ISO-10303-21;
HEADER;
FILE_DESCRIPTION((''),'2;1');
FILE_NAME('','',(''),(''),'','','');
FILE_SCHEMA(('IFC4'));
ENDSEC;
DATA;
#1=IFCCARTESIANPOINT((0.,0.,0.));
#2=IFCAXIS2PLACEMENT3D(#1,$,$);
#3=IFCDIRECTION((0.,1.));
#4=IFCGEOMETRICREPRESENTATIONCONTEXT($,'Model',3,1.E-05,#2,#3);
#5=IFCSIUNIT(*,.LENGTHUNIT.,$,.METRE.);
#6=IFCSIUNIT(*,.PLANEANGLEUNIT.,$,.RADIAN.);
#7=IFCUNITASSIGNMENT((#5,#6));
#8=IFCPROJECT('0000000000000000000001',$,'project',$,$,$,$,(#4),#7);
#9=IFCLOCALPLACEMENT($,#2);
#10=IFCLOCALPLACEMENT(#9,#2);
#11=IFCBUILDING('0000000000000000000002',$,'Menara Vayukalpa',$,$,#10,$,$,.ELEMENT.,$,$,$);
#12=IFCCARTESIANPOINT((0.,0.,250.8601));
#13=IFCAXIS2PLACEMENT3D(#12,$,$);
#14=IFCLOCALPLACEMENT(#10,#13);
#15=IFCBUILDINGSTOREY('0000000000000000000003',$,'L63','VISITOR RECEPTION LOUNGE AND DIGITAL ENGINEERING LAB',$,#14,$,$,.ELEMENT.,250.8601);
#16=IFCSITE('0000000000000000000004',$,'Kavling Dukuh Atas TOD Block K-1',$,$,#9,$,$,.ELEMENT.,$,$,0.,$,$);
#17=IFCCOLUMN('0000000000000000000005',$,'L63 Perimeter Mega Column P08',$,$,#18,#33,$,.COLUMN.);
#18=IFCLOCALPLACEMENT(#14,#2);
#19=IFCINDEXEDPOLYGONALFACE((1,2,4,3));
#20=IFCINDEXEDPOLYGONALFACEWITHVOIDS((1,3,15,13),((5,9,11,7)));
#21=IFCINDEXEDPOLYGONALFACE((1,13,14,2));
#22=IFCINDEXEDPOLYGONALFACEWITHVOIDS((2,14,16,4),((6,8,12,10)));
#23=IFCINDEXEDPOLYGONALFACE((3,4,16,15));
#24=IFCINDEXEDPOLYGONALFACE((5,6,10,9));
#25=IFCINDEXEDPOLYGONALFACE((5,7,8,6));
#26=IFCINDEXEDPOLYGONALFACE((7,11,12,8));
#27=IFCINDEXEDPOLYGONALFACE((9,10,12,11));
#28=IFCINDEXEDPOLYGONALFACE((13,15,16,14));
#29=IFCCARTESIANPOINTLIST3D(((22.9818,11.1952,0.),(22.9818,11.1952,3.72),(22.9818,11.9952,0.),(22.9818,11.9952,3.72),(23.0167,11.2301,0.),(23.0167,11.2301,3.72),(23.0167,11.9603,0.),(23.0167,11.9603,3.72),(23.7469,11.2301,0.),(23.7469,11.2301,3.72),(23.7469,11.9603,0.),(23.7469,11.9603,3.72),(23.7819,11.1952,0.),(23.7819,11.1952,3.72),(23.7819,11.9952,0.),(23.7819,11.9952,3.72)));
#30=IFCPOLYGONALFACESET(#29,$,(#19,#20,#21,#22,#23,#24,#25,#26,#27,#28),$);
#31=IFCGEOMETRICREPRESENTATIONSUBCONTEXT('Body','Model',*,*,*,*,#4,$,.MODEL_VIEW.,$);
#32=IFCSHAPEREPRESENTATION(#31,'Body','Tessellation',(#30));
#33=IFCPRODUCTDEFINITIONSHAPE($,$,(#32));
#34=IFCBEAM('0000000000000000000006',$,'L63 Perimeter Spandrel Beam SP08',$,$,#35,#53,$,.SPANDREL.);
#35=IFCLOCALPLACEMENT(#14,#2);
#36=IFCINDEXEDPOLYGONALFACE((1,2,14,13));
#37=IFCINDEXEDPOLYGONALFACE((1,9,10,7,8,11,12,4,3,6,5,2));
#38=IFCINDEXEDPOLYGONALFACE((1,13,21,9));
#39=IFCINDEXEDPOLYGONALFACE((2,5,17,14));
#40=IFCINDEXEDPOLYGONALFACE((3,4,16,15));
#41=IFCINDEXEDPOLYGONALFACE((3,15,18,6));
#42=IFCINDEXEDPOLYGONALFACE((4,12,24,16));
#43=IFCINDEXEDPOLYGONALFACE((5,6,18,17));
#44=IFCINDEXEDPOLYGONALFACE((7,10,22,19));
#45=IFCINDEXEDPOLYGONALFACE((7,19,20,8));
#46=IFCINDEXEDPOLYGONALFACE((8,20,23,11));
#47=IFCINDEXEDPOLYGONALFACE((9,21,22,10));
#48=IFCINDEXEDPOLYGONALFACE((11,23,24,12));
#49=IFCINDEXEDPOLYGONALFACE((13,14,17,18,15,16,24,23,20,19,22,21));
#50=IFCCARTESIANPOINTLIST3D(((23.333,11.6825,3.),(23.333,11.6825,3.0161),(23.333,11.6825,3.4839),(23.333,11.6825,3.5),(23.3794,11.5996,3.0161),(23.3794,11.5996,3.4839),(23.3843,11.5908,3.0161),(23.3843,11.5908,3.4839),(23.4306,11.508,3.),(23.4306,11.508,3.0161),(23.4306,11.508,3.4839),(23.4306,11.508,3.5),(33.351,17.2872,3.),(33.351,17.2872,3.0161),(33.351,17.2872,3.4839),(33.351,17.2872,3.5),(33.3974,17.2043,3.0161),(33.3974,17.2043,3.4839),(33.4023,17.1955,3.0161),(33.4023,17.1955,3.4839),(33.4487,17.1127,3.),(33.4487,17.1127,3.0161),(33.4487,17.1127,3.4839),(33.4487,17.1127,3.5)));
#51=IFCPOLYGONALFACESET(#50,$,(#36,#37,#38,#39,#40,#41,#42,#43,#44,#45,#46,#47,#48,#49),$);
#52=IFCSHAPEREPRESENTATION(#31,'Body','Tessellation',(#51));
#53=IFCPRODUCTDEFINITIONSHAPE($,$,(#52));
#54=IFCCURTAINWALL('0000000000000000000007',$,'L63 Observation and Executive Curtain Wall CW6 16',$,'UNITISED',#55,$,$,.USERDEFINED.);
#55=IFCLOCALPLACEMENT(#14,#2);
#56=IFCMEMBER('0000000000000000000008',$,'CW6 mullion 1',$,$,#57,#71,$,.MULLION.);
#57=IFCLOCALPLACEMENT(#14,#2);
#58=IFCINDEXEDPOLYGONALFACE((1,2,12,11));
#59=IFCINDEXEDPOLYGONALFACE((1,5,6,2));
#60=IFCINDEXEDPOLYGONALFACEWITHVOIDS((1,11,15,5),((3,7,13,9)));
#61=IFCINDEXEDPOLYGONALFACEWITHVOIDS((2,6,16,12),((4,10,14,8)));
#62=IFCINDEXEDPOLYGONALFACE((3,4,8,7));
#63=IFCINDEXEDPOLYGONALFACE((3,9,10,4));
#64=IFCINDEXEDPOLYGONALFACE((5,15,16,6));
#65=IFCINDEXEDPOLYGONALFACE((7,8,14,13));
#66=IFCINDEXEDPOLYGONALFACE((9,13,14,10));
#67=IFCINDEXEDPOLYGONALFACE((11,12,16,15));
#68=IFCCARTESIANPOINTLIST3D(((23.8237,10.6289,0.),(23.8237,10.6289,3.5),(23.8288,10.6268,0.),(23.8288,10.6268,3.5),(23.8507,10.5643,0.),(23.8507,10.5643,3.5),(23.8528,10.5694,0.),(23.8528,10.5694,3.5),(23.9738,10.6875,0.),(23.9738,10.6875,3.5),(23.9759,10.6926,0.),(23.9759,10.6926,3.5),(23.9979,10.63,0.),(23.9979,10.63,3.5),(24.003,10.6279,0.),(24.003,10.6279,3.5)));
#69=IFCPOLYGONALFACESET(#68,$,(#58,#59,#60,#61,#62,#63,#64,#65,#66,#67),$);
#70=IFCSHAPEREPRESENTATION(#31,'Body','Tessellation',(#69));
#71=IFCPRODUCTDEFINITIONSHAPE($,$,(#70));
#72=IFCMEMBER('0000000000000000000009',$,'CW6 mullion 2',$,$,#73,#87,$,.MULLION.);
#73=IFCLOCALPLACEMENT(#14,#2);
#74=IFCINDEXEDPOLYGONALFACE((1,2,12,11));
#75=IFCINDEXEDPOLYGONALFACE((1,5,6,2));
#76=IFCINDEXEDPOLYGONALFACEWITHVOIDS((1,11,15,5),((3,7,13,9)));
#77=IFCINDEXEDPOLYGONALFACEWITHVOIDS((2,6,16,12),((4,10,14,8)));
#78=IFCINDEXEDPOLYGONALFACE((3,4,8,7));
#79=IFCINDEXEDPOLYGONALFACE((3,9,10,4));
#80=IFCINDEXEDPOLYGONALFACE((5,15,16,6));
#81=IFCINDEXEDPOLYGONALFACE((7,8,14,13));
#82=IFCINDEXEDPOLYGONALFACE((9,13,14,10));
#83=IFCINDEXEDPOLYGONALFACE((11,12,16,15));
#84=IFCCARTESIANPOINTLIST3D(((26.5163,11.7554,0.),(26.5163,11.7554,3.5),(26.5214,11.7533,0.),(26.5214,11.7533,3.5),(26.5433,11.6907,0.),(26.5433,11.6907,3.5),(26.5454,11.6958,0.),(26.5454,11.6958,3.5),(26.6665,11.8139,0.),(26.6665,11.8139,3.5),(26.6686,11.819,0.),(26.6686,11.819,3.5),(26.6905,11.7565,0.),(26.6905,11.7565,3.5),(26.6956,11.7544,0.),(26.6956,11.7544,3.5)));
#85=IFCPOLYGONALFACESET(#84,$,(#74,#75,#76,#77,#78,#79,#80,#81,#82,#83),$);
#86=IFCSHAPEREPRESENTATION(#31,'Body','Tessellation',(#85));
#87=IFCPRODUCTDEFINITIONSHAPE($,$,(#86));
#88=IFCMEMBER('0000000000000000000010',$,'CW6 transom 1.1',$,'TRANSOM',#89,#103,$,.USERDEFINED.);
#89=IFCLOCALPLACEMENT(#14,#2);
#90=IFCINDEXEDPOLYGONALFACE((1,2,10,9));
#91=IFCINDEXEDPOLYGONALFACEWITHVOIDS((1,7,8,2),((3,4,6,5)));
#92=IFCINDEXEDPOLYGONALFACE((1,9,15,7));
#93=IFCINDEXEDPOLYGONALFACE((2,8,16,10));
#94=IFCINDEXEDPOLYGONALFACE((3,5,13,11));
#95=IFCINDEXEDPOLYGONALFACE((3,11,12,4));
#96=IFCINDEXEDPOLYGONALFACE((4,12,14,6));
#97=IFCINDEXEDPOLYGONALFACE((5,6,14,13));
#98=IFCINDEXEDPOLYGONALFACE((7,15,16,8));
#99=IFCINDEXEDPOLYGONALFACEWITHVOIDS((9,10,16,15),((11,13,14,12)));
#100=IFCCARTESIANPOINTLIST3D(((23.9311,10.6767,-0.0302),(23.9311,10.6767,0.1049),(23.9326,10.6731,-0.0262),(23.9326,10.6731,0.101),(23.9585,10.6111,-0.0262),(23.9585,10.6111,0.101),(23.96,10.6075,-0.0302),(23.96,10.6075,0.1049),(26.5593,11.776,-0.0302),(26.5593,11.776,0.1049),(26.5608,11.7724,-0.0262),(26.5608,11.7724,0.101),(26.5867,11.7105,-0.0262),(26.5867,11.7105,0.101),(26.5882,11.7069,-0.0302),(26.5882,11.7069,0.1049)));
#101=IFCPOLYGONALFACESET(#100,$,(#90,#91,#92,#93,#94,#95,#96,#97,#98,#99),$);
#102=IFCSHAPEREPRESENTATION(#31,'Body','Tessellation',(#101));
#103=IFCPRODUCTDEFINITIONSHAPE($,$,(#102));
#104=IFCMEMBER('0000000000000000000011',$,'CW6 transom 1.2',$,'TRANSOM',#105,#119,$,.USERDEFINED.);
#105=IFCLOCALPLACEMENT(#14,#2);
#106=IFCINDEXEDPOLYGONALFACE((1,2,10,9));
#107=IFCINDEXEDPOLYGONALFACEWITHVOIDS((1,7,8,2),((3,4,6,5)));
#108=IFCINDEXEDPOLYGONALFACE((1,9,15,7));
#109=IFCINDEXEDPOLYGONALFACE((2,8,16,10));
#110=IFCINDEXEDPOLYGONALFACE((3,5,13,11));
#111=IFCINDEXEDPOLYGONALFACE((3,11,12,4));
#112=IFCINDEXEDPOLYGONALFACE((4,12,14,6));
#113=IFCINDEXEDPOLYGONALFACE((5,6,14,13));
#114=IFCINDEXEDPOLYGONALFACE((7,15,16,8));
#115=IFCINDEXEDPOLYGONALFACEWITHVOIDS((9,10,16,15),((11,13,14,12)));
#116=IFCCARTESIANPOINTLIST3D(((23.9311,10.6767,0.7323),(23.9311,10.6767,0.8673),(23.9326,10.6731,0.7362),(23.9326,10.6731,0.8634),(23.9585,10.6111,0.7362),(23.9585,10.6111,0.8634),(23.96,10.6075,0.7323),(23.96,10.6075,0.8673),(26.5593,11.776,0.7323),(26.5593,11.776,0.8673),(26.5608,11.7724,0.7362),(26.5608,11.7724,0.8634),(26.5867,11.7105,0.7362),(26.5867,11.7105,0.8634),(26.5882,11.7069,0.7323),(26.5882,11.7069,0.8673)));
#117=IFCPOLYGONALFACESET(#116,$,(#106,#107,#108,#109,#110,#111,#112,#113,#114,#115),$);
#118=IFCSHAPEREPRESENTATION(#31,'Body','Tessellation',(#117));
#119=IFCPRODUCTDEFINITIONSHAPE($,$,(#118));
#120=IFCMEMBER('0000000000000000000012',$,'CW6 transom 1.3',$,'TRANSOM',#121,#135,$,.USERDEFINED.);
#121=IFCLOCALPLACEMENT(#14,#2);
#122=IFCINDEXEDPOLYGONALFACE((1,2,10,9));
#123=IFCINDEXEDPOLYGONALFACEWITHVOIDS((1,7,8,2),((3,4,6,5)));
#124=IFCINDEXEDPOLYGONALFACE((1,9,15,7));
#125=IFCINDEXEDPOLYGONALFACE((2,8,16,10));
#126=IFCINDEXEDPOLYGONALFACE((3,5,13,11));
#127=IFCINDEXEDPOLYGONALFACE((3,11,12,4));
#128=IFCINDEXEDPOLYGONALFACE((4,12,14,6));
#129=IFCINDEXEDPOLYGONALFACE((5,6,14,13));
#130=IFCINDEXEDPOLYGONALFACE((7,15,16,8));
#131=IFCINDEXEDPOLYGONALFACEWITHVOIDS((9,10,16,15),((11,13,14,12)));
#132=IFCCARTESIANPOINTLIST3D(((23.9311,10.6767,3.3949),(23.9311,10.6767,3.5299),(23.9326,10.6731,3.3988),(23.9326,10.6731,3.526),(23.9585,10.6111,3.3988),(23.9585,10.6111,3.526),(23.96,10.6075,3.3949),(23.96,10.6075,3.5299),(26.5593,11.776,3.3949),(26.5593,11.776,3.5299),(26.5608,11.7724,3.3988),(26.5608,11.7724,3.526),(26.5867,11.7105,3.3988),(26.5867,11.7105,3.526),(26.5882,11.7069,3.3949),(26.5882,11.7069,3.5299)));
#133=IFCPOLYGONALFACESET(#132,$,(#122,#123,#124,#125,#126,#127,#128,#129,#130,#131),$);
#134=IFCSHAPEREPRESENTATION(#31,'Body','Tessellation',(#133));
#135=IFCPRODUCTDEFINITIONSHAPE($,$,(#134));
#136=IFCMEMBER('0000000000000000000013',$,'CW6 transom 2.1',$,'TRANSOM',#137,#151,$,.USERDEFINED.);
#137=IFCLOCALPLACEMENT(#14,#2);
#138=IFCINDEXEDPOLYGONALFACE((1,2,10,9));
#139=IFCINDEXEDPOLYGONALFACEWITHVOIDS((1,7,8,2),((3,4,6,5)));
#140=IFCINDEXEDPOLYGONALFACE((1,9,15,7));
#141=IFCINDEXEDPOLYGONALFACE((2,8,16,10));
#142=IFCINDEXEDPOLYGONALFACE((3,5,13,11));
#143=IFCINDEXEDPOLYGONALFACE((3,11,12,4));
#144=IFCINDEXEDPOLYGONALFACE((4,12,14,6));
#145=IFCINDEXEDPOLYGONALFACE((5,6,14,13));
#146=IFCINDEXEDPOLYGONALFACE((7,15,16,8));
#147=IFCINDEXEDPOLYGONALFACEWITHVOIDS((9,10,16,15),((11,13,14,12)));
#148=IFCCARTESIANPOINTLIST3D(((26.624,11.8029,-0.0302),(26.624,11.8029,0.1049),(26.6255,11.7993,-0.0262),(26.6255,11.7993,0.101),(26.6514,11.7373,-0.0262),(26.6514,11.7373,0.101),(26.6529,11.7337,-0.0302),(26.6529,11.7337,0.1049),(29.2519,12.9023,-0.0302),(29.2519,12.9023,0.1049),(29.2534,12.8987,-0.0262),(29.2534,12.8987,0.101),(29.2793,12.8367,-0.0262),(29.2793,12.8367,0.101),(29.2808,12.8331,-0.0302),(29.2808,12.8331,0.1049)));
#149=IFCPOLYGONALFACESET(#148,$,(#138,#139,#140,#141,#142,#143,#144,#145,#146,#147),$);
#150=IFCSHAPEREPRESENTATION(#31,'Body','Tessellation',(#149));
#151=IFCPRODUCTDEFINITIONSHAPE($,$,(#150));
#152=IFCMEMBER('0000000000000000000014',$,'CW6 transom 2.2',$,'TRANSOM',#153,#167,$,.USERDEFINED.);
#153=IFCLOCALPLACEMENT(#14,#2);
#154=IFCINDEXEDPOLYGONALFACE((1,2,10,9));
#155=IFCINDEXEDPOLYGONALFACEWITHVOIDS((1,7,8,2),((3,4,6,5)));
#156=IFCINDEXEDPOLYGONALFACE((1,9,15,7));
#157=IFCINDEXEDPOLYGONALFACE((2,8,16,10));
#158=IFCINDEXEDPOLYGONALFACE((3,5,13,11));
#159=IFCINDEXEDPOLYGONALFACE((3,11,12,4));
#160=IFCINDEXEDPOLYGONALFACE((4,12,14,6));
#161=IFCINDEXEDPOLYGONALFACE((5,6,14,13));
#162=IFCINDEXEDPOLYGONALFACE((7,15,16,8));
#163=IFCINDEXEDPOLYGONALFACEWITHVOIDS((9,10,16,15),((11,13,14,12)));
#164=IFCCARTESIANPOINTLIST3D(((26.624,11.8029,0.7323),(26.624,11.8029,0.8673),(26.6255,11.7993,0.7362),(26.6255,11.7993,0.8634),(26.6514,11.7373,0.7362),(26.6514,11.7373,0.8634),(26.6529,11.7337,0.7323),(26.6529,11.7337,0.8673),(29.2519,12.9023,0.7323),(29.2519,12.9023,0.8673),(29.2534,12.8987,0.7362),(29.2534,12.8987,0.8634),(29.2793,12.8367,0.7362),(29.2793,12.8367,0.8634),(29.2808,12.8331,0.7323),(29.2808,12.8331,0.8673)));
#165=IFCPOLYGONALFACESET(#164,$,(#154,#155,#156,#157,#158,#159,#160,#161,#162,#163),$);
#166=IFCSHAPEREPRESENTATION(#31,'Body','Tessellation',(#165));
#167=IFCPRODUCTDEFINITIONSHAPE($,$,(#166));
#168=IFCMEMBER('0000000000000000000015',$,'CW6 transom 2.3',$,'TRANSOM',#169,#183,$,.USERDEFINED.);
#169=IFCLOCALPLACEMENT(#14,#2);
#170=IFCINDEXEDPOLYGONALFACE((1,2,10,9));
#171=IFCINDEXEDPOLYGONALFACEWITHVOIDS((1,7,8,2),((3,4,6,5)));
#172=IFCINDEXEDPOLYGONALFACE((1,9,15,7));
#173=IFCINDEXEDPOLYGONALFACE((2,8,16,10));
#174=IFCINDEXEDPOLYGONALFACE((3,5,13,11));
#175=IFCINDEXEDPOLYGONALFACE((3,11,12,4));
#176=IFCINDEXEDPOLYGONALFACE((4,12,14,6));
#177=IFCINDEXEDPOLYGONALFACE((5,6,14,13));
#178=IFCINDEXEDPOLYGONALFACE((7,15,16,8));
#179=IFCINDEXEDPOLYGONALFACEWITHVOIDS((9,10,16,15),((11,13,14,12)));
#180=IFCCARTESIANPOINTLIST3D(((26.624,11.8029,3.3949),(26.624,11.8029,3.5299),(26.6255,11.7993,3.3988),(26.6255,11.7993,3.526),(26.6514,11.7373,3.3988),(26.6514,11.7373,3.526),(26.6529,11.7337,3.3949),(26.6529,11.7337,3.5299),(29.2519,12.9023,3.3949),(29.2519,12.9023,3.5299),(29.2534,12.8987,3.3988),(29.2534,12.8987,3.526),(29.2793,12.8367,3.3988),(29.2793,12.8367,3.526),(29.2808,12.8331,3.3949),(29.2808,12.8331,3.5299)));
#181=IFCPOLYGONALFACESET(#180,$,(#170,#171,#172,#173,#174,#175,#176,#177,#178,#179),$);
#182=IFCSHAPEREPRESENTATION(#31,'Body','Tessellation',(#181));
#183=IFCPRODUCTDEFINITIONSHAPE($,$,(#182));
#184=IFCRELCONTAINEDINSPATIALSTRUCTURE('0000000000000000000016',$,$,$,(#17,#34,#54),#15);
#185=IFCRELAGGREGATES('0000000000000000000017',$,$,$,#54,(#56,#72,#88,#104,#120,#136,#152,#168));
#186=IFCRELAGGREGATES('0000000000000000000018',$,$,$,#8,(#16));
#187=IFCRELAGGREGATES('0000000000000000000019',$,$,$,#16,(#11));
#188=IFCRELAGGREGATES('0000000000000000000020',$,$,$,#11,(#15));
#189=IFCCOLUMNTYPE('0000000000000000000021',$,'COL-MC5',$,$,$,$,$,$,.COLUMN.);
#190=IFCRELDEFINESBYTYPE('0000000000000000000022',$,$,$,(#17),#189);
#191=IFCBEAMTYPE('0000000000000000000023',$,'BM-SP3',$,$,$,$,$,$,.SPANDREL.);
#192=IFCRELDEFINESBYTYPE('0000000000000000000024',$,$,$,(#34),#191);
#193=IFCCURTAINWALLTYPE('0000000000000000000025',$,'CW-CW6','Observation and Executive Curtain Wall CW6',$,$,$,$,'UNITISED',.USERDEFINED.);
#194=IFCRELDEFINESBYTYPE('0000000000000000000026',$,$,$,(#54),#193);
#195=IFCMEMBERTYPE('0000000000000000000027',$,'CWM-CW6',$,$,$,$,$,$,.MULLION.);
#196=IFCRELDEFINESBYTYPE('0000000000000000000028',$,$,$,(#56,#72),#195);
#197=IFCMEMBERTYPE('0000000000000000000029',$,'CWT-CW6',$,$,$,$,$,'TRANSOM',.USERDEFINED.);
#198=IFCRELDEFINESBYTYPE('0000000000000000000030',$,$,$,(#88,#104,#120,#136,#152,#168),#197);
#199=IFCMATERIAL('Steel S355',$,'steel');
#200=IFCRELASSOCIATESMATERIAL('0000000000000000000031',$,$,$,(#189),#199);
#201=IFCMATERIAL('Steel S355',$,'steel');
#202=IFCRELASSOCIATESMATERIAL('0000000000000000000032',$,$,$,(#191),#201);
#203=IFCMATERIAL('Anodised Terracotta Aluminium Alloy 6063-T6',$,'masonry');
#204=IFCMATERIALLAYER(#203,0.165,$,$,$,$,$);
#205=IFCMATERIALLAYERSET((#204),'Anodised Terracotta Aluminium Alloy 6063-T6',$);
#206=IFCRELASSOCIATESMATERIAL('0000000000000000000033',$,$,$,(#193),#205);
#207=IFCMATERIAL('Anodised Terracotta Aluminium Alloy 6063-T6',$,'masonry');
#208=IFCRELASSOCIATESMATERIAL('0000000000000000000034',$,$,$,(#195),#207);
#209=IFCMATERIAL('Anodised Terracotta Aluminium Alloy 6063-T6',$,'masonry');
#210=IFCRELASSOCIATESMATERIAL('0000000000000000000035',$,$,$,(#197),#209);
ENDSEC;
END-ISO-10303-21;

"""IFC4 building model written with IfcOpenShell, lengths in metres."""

from ifc_helpers import new_model, si_unit, direction, frame, origin, origin_2d, place, context, subcontext, project, spatial, hollow_rectangle, i_section, extrude, material, layer, layer_set, material_profile, profile_set, type_object, element, aggregate, save


model = new_model("IFC4")

# Units and contexts
model_context = context("Model", 3, precision=1e-05, world=origin(), true_north=direction((0.0, 1.0)))
body_context = subcontext(model_context, "Body", "Model", "MODEL_VIEW")
ifc_project = project(units=[si_unit("LENGTHUNIT", "METRE"), si_unit("PLANEANGLEUNIT", "RADIAN")], contexts=[model_context])

# Site, building, storey
site_placement = place(None, origin())
site = spatial("IfcSite", under=ifc_project, at=site_placement, Name="Kavling Dukuh Atas TOD Block K-1", CompositionType="ELEMENT", RefElevation=0.0)
building_placement = place(site_placement, origin())
building = spatial("IfcBuilding", under=site, at=building_placement, Name="Menara Vayukalpa", CompositionType="ELEMENT")
storey_placement = place(building_placement, frame((0.0, 0.0, 250.8601)))
storey = spatial("IfcBuildingStorey", under=building, at=storey_placement, Name="L63", Description="VISITOR RECEPTION LOUNGE AND DIGITAL ENGINEERING LAB", CompositionType="ELEMENT", Elevation=250.8601)

# Column
ifc_material_1 = material(Name="Steel S355", Category="steel")
ifc_material_profile_1 = material_profile(ifc_material_1, hollow_rectangle(XDim=0.8, YDim=0.8, WallThickness=0.0349, at=origin_2d()), Name="BOX 800x800x35")
ifc_profile_set_1 = profile_set([ifc_material_profile_1], Name="Steel S355")
column_type = type_object("IfcColumnType", Name="COL-MC5", PredefinedType="COLUMN", material=ifc_profile_set_1)
column_placement = place(storey_placement, frame((23.3818, 11.5952, 0.0), z_axis=(0.0, 0.0, 1.0), x_axis=(1.0, 0.0, 0.0)))
element("IfcColumn", 1, at=column_placement, inside=storey, type_object=column_type, Name="L63 Perimeter Mega Column P08", PredefinedType="COLUMN", context=body_context, shape_type="SweptSolid", body=[
    extrude(hollow_rectangle(XDim=0.8, YDim=0.8, WallThickness=0.0349, at=origin_2d()), origin(), (0.0, 0.0, 1.0), 3.72),
])

# Beam
ifc_material_2 = material(Name="Steel S355", Category="steel")
ifc_material_profile_2 = material_profile(ifc_material_2, i_section(OverallWidth=0.2, OverallDepth=0.5, WebThickness=0.01, FlangeThickness=0.0161, at=origin_2d()), Name="WF 500x200x10x16")
ifc_profile_set_2 = profile_set([ifc_material_profile_2], Name="Steel S355")
beam_type = type_object("IfcBeamType", Name="BM-SP3", PredefinedType="SPANDREL", material=ifc_profile_set_2)
beam_placement = place(storey_placement, frame((23.3818, 11.5952, 3.25), z_axis=(0.872706, 0.488246, 0.0), x_axis=(-0.488246, 0.872706, 0.0)))
element("IfcBeam", 2, at=beam_placement, inside=storey, type_object=beam_type, Name="L63 Perimeter Spandrel Beam SP08", PredefinedType="SPANDREL", context=body_context, shape_type="SweptSolid", body=[
    extrude(i_section(OverallWidth=0.2, OverallDepth=0.5, WebThickness=0.01, FlangeThickness=0.0161, at=origin_2d()), origin(), (0.0, 0.0, 1.0), 11.4792),
])

# Curtain wall, members
ifc_material_3 = material(Name="Anodised Terracotta Aluminium Alloy 6063-T6", Category="masonry")
ifc_layer_1 = layer(ifc_material_3, 0.165)
ifc_layer_set_1 = layer_set([ifc_layer_1], Name="Anodised Terracotta Aluminium Alloy 6063-T6")
curtain_wall_type = type_object("IfcCurtainWallType", Name="CW-CW6", Description="Observation and Executive Curtain Wall CW6", ElementType="UNITISED", PredefinedType="USERDEFINED", material=ifc_layer_set_1)
curtain_wall_placement = place(storey_placement, origin())
curtain_wall = element("IfcCurtainWall", 3, at=curtain_wall_placement, inside=storey, type_object=curtain_wall_type, Name="L63 Observation and Executive Curtain Wall CW6 16", ObjectType="UNITISED", PredefinedType="USERDEFINED")
ifc_material_4 = material(Name="Anodised Terracotta Aluminium Alloy 6063-T6", Category="masonry")
ifc_material_profile_3 = material_profile(ifc_material_4, hollow_rectangle(XDim=0.0701, YDim=0.165, WallThickness=0.0039, at=origin_2d()), Name="ALU 70x165x4")
ifc_profile_set_3 = profile_set([ifc_material_profile_3], Name="Anodised Terracotta Aluminium Alloy 6063-T6")
member_type_1 = type_object("IfcMemberType", Name="CWM-CW6", PredefinedType="MULLION", material=ifc_profile_set_3)
member_1_placement = place(storey_placement, frame((23.9133, 10.6284, 0.0), z_axis=(0.0, 0.0, 1.0), x_axis=(-0.3859, 0.922541, 0.0)))
member_1 = element("IfcMember", 4, at=member_1_placement, type_object=member_type_1, Name="CW6 mullion 1", PredefinedType="MULLION", context=body_context, shape_type="SweptSolid", body=[
    extrude(hollow_rectangle(XDim=0.0701, YDim=0.165, WallThickness=0.0039, at=origin_2d()), origin(), (0.0, 0.0, 1.0), 3.5),
])
member_2_placement = place(storey_placement, frame((26.606, 11.7549, 0.0), z_axis=(0.0, 0.0, 1.0), x_axis=(-0.3859, 0.922541, 0.0)))
member_2 = element("IfcMember", 5, at=member_2_placement, type_object=member_type_1, Name="CW6 mullion 2", PredefinedType="MULLION", context=body_context, shape_type="SweptSolid", body=[
    extrude(hollow_rectangle(XDim=0.0701, YDim=0.165, WallThickness=0.0039, at=origin_2d()), origin(), (0.0, 0.0, 1.0), 3.5),
])
ifc_material_5 = material(Name="Anodised Terracotta Aluminium Alloy 6063-T6", Category="masonry")
ifc_material_profile_4 = material_profile(ifc_material_5, hollow_rectangle(XDim=0.075, YDim=0.135, WallThickness=0.0039, at=origin_2d()), Name="ALU 75x135x4")
ifc_profile_set_4 = profile_set([ifc_material_profile_4], Name="Anodised Terracotta Aluminium Alloy 6063-T6")
member_type_2 = type_object("IfcMemberType", Name="CWT-CW6", ElementType="TRANSOM", PredefinedType="USERDEFINED", material=ifc_profile_set_4)
member_3_placement = place(storey_placement, frame((23.9456, 10.6421, 0.0374), z_axis=(0.922541, 0.385899, 0.0), x_axis=(-0.385899, 0.922541, 0.0)))
member_3 = element("IfcMember", 6, at=member_3_placement, type_object=member_type_2, Name="CW6 transom 1.1", ObjectType="TRANSOM", PredefinedType="USERDEFINED", context=body_context, shape_type="SweptSolid", body=[
    extrude(hollow_rectangle(XDim=0.075, YDim=0.135, WallThickness=0.0039, at=origin_2d()), origin(), (0.0, 0.0, 1.0), 2.8489),
])
member_4_placement = place(storey_placement, frame((23.9456, 10.6421, 0.7998), z_axis=(0.922541, 0.385899, 0.0), x_axis=(-0.385899, 0.922541, 0.0)))
member_4 = element("IfcMember", 7, at=member_4_placement, type_object=member_type_2, Name="CW6 transom 1.2", ObjectType="TRANSOM", PredefinedType="USERDEFINED", context=body_context, shape_type="SweptSolid", body=[
    extrude(hollow_rectangle(XDim=0.075, YDim=0.135, WallThickness=0.0039, at=origin_2d()), origin(), (0.0, 0.0, 1.0), 2.8489),
])
member_5_placement = place(storey_placement, frame((23.9456, 10.6421, 3.4624), z_axis=(0.922541, 0.385899, 0.0), x_axis=(-0.385899, 0.922541, 0.0)))
member_5 = element("IfcMember", 8, at=member_5_placement, type_object=member_type_2, Name="CW6 transom 1.3", ObjectType="TRANSOM", PredefinedType="USERDEFINED", context=body_context, shape_type="SweptSolid", body=[
    extrude(hollow_rectangle(XDim=0.075, YDim=0.135, WallThickness=0.0039, at=origin_2d()), origin(), (0.0, 0.0, 1.0), 2.8489),
])
member_6_placement = place(storey_placement, frame((26.6384, 11.7683, 0.0374), z_axis=(0.922528, 0.385929, 0.0), x_axis=(-0.385929, 0.922528, 0.0)))
member_6 = element("IfcMember", 9, at=member_6_placement, type_object=member_type_2, Name="CW6 transom 2.1", ObjectType="TRANSOM", PredefinedType="USERDEFINED", context=body_context, shape_type="SweptSolid", body=[
    extrude(hollow_rectangle(XDim=0.075, YDim=0.135, WallThickness=0.0039, at=origin_2d()), origin(), (0.0, 0.0, 1.0), 2.8486),
])
member_7_placement = place(storey_placement, frame((26.6384, 11.7683, 0.7998), z_axis=(0.922528, 0.385929, 0.0), x_axis=(-0.385929, 0.922528, 0.0)))
member_7 = element("IfcMember", 10, at=member_7_placement, type_object=member_type_2, Name="CW6 transom 2.2", ObjectType="TRANSOM", PredefinedType="USERDEFINED", context=body_context, shape_type="SweptSolid", body=[
    extrude(hollow_rectangle(XDim=0.075, YDim=0.135, WallThickness=0.0039, at=origin_2d()), origin(), (0.0, 0.0, 1.0), 2.8486),
])
member_8_placement = place(storey_placement, frame((26.6384, 11.7683, 3.4624), z_axis=(0.922528, 0.385929, 0.0), x_axis=(-0.385929, 0.922528, 0.0)))
member_8 = element("IfcMember", 11, at=member_8_placement, type_object=member_type_2, Name="CW6 transom 2.3", ObjectType="TRANSOM", PredefinedType="USERDEFINED", context=body_context, shape_type="SweptSolid", body=[
    extrude(hollow_rectangle(XDim=0.075, YDim=0.135, WallThickness=0.0039, at=origin_2d()), origin(), (0.0, 0.0, 1.0), 2.8486),
])
aggregate(curtain_wall, [member_1, member_2, member_3, member_4, member_5, member_6, member_7, member_8])

save(model, "model.ifc")
